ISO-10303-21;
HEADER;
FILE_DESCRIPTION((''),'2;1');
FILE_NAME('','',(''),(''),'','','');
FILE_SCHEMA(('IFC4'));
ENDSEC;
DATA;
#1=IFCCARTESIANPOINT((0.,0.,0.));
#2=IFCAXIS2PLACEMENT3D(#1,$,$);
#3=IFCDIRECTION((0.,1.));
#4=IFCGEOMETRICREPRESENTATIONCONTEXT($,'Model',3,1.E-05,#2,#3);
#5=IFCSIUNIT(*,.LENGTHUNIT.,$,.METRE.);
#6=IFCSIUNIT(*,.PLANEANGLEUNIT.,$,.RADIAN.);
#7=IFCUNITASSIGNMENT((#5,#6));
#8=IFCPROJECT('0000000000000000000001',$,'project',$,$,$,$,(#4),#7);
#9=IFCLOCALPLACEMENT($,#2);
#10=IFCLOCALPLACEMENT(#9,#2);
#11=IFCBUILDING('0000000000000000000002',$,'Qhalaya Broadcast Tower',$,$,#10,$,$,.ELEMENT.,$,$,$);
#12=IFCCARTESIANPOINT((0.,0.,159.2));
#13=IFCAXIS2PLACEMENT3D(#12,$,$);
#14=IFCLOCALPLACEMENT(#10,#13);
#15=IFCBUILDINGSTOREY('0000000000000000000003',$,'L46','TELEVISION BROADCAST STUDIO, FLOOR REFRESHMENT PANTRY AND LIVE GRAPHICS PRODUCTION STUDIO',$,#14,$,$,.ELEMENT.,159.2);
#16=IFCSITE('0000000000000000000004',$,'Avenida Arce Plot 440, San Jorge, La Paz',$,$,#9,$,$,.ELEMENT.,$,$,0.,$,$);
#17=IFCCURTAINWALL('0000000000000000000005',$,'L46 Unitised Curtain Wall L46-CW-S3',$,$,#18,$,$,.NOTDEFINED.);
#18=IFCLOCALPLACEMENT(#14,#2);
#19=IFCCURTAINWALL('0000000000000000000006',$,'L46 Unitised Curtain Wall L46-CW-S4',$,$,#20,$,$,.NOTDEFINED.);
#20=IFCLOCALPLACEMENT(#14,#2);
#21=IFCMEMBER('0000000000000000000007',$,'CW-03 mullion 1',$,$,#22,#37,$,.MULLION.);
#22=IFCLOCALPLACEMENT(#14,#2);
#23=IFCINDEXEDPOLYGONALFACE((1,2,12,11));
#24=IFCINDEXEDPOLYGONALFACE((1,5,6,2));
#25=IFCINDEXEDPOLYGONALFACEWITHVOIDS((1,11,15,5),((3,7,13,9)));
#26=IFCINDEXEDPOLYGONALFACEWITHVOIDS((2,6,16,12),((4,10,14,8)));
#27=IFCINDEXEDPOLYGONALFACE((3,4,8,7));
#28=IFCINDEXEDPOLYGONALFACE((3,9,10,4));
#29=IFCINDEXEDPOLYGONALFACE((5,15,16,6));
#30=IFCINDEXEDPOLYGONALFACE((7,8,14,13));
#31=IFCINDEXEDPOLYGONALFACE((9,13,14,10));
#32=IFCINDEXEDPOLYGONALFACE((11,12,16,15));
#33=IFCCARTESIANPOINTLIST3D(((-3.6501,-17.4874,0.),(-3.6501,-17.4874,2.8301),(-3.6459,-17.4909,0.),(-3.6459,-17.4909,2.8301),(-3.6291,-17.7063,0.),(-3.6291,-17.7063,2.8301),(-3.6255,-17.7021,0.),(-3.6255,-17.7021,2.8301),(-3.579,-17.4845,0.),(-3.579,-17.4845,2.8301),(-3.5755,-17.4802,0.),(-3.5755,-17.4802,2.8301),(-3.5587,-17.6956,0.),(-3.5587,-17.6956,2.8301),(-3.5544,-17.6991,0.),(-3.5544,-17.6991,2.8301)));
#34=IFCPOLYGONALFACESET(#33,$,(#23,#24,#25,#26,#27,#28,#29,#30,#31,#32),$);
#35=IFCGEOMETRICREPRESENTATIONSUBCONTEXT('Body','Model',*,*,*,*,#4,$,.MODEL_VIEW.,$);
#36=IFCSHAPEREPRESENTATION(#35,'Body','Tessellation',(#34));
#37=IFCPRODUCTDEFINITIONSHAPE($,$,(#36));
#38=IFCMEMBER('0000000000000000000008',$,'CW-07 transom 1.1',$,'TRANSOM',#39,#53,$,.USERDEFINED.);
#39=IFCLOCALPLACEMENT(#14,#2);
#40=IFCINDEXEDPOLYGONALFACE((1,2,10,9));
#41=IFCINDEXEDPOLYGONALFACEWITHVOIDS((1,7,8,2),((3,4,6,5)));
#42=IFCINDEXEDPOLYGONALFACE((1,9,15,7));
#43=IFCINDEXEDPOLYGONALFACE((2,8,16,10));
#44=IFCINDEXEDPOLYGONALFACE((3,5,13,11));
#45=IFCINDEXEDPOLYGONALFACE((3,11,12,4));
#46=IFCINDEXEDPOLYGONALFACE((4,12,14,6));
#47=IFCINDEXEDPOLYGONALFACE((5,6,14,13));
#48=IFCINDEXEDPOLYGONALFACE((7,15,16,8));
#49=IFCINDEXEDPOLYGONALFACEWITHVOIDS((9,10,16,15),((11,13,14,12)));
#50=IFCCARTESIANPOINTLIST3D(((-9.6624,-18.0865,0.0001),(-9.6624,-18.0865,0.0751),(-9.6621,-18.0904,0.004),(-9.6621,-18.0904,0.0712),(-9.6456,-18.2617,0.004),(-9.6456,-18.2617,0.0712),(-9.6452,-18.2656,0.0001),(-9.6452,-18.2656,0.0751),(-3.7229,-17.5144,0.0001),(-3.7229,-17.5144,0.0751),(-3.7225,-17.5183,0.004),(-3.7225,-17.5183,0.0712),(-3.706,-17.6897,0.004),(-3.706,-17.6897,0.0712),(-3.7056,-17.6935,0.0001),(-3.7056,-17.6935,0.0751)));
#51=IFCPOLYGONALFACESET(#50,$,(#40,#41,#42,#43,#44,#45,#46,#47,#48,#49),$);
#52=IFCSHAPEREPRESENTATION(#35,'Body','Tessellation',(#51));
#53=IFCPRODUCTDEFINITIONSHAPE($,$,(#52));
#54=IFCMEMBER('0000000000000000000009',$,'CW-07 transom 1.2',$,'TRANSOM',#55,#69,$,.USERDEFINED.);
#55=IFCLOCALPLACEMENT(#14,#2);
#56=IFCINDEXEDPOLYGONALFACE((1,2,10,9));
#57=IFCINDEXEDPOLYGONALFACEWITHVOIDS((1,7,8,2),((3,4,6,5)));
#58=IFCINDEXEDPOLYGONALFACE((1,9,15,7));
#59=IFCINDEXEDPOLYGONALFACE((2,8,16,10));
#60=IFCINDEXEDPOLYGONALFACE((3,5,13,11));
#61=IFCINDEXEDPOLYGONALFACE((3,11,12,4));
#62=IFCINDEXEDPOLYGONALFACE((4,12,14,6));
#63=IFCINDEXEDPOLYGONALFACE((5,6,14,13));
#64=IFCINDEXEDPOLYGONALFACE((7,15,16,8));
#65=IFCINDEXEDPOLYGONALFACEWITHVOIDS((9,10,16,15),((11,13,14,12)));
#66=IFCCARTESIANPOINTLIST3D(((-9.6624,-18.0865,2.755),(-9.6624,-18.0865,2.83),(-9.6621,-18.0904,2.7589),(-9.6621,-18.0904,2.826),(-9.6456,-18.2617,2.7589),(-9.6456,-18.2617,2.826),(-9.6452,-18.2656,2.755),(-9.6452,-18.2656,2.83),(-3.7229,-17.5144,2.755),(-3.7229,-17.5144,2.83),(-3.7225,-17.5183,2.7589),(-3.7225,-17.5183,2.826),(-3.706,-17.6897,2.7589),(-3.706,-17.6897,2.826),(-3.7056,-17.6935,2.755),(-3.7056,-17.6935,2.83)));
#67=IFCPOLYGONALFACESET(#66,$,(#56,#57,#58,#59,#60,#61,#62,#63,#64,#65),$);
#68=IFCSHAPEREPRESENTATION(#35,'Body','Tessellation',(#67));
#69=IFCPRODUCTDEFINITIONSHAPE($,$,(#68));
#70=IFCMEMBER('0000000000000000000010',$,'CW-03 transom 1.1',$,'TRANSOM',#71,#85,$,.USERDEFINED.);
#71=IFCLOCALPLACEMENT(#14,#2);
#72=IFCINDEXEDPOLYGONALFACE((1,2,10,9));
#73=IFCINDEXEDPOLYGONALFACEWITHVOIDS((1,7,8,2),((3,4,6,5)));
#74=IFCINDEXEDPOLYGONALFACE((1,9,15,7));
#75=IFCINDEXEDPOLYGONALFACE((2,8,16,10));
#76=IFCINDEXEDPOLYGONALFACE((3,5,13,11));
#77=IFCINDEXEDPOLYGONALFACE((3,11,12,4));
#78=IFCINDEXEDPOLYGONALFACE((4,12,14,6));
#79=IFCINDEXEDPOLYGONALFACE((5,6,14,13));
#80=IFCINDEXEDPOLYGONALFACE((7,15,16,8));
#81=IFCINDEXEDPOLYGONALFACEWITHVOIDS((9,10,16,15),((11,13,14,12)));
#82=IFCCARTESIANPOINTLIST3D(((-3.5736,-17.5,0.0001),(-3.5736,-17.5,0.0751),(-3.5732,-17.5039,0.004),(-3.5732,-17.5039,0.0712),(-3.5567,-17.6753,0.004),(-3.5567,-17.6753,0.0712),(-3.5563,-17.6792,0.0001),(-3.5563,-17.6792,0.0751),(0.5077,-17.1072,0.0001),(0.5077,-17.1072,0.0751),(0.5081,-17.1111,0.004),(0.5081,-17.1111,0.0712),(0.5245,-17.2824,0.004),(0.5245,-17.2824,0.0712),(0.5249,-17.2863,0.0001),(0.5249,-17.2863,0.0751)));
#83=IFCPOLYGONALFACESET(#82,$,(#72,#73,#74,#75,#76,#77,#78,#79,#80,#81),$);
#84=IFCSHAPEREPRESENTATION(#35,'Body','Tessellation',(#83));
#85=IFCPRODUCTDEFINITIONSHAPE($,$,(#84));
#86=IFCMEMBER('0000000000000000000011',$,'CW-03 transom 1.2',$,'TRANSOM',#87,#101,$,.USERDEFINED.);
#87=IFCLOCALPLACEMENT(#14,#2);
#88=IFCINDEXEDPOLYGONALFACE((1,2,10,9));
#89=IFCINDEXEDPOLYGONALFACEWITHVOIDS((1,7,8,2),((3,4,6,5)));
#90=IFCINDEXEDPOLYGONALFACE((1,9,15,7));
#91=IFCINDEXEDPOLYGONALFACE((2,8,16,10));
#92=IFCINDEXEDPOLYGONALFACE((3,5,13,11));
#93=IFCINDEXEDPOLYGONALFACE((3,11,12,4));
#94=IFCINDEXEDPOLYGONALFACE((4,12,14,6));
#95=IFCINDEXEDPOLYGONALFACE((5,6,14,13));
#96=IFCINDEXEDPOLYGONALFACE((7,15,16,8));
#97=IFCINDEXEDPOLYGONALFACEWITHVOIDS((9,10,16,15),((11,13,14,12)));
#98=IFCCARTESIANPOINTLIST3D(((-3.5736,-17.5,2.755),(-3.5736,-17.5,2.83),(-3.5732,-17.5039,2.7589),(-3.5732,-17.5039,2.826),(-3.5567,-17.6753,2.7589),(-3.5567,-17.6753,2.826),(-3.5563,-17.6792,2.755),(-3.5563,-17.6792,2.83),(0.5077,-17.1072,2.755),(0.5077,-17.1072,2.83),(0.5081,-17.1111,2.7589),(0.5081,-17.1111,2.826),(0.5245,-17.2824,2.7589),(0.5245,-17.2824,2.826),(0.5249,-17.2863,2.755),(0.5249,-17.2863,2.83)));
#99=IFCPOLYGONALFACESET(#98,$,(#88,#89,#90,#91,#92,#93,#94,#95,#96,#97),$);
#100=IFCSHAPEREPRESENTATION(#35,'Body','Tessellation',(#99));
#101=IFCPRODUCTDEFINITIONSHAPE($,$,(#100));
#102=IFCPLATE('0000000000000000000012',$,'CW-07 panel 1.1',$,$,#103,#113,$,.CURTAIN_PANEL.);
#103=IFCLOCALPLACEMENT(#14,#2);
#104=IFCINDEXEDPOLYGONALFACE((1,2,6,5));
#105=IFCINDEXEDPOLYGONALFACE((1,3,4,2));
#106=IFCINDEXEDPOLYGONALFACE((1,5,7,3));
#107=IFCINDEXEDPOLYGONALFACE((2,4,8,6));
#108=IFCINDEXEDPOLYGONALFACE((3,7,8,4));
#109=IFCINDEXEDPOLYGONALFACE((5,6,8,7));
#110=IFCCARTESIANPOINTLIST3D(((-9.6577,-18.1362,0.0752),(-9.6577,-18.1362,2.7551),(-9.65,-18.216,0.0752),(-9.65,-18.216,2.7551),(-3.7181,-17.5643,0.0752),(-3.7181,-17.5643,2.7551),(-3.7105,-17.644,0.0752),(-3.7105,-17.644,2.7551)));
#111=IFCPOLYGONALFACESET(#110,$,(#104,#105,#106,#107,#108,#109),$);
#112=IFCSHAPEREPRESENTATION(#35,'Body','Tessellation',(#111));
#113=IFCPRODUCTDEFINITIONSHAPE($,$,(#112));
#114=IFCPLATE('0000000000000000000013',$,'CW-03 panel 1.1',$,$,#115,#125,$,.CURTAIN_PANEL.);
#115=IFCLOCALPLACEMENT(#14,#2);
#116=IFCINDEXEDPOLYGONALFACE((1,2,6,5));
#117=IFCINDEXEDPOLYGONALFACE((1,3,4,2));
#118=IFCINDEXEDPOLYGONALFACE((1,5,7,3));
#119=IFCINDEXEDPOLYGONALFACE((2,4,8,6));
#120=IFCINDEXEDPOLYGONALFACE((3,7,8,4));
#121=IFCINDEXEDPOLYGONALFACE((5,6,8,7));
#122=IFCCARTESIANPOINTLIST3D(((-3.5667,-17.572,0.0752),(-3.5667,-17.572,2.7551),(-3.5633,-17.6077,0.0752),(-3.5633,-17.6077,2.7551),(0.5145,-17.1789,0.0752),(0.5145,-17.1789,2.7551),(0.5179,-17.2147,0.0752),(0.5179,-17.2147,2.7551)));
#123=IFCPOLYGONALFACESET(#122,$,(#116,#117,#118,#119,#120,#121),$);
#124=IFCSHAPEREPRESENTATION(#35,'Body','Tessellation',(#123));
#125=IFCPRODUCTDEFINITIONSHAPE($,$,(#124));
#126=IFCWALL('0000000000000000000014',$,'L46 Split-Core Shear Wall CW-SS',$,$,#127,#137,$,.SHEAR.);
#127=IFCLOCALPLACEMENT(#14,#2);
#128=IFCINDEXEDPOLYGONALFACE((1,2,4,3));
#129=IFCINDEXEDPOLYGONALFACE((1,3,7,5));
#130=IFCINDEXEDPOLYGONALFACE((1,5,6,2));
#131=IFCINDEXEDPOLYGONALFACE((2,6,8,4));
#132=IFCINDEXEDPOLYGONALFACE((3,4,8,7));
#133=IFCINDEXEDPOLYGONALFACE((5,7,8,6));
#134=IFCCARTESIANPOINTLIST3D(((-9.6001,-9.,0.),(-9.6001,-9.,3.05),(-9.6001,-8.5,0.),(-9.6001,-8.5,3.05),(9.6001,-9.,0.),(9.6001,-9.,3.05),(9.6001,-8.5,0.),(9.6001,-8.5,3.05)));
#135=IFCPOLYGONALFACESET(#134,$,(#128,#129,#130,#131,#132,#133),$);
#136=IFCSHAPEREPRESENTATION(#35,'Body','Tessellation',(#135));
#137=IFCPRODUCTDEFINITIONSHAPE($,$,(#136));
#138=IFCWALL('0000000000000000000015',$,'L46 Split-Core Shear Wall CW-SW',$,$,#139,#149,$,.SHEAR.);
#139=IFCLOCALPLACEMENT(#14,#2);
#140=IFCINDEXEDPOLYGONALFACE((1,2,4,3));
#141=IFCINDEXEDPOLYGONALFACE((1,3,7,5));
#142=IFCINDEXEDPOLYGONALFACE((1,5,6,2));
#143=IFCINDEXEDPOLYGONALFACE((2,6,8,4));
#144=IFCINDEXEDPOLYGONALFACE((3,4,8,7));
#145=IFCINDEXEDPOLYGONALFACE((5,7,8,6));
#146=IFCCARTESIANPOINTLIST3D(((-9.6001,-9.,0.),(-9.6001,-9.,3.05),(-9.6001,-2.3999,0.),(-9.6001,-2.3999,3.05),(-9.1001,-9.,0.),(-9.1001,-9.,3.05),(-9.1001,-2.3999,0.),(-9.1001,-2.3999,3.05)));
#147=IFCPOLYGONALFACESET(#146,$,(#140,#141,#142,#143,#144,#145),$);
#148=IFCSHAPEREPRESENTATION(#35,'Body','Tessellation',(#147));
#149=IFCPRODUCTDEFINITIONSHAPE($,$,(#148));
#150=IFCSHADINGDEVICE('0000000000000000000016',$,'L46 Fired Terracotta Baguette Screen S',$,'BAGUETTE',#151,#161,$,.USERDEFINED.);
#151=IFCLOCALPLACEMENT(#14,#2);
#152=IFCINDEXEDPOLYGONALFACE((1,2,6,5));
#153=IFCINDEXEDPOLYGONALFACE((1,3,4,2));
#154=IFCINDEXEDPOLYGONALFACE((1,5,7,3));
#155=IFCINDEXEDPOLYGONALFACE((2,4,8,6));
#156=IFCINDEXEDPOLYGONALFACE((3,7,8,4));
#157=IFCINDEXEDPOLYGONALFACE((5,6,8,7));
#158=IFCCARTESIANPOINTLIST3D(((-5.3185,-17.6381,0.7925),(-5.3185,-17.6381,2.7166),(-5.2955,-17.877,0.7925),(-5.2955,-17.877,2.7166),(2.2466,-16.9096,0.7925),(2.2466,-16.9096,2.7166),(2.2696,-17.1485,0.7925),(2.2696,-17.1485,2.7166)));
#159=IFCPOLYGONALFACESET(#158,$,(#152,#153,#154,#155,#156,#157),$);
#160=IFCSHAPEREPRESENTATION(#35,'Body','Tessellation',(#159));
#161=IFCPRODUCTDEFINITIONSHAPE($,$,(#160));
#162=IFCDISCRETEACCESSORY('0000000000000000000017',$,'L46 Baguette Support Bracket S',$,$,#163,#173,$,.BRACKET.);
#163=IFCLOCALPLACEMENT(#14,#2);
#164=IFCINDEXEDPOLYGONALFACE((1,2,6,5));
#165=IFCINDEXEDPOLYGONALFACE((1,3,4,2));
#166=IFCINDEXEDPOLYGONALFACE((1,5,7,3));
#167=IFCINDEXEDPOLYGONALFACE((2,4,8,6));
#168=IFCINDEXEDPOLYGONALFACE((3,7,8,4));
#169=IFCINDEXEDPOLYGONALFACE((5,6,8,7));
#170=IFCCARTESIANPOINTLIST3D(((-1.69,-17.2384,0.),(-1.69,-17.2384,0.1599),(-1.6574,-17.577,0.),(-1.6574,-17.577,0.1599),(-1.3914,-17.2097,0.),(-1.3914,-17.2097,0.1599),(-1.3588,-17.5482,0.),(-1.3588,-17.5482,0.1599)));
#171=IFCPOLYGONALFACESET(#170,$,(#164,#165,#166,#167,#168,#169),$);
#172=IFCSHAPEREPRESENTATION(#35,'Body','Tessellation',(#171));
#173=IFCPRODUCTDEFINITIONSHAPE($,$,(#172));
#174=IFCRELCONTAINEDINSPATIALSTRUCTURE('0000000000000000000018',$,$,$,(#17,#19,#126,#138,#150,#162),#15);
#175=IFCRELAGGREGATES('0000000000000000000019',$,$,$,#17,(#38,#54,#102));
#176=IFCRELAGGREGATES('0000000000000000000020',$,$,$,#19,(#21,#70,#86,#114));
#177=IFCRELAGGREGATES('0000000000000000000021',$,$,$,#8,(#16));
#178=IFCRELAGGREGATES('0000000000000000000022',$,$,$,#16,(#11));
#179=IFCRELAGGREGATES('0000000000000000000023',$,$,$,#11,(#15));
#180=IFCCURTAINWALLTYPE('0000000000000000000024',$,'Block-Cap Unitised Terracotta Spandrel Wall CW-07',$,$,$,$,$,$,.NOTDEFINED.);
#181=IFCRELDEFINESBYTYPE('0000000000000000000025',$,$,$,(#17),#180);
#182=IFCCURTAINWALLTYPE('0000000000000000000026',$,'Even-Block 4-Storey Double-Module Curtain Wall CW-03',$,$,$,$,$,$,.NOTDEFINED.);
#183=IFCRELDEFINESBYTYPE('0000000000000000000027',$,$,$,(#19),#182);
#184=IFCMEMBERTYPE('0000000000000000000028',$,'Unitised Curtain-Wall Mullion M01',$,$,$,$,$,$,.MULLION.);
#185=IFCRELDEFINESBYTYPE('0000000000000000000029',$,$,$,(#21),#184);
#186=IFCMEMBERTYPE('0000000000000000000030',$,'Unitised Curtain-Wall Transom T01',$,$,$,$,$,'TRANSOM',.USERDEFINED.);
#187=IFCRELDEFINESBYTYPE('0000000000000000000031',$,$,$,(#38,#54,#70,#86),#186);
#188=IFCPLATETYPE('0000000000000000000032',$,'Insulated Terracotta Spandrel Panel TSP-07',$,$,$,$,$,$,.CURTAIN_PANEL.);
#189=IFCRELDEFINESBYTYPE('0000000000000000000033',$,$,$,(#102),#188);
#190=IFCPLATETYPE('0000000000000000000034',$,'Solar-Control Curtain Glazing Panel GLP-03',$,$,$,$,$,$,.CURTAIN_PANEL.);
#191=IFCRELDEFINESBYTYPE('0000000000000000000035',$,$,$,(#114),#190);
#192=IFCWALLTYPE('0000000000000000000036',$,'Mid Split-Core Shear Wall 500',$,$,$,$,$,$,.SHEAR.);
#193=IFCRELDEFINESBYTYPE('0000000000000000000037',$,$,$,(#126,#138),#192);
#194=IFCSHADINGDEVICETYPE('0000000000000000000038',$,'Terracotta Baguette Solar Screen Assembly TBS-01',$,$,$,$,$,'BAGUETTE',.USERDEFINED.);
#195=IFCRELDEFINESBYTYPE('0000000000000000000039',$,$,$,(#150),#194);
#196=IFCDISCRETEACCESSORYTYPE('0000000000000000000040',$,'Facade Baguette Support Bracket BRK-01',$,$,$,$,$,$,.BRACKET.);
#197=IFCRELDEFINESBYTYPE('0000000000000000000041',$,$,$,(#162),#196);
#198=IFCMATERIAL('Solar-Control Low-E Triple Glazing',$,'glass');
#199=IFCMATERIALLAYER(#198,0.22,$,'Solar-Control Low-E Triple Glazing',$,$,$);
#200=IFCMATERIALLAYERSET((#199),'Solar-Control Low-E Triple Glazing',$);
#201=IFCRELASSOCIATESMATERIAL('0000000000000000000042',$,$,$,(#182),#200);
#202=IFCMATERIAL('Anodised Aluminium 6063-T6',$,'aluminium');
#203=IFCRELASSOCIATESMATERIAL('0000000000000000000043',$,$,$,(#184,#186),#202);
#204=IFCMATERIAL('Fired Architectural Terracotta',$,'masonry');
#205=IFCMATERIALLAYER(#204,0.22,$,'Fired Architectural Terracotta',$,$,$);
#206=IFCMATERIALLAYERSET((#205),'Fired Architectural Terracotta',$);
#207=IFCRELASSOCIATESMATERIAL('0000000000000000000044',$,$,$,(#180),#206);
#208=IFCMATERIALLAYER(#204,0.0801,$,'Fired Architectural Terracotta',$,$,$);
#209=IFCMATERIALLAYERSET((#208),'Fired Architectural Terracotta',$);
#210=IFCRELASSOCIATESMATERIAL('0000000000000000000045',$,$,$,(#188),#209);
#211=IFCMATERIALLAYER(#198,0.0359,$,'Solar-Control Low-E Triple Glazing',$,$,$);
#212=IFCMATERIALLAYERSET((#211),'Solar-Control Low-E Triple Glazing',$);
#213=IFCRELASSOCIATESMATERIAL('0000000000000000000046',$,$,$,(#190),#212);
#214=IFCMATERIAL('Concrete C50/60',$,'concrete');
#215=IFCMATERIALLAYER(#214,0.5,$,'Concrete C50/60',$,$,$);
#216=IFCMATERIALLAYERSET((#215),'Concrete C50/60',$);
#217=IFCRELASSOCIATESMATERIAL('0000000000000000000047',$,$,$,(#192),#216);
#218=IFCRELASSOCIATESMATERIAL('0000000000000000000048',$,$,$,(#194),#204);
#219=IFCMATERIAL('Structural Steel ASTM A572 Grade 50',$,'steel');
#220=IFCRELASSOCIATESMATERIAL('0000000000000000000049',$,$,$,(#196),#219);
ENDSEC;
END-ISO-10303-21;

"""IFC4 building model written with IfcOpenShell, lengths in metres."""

from ifc_helpers import new_model, si_unit, direction, frame, frame_2d, origin, origin_2d, place, context, subcontext, project, spatial, rectangle, hollow_rectangle, extrude, material, layer, layer_set, material_profile, profile_set, type_object, element, aggregate, save


model = new_model("IFC4")

# Units and contexts
model_context = context("Model", 3, precision=1e-05, world=origin(), true_north=direction((0.0, 1.0)))
body_context = subcontext(model_context, "Body", "Model", "MODEL_VIEW")
ifc_project = project(units=[si_unit("LENGTHUNIT", "METRE"), si_unit("PLANEANGLEUNIT", "RADIAN")], contexts=[model_context])

# Site, building, storey
site_placement = place(None, origin())
site = spatial("IfcSite", under=ifc_project, at=site_placement, Name="Avenida Arce Plot 440, San Jorge, La Paz", CompositionType="ELEMENT", RefElevation=0.0)
building_placement = place(site_placement, origin())
building = spatial("IfcBuilding", under=site, at=building_placement, Name="Qhalaya Broadcast Tower", CompositionType="ELEMENT")
storey_placement = place(building_placement, frame((0.0, 0.0, 159.2)))
storey = spatial("IfcBuildingStorey", under=building, at=storey_placement, Name="L46", Description="TELEVISION BROADCAST STUDIO, FLOOR REFRESHMENT PANTRY AND LIVE GRAPHICS PRODUCTION STUDIO", CompositionType="ELEMENT", Elevation=159.2)

# Shared definitions
ifc_material_1 = material(Name="Structural Steel ASTM A572 Grade 50", Category="steel")

# Shared definitions
ifc_material_2 = material(Name="Solar-Control Low-E Triple Glazing", Category="glass")
ifc_layer_1 = layer(ifc_material_2, 0.22, Name="Solar-Control Low-E Triple Glazing")
ifc_layer_set_1 = layer_set([ifc_layer_1], Name="Solar-Control Low-E Triple Glazing")
curtain_wall_type_1 = type_object("IfcCurtainWallType", Name="Even-Block 4-Storey Double-Module Curtain Wall CW-03", PredefinedType="NOTDEFINED", material=ifc_layer_set_1)
ifc_material_3 = material(Name="Anodised Aluminium 6063-T6", Category="aluminium")
ifc_material_profile_1 = material_profile(ifc_material_3, hollow_rectangle(XDim=0.075, YDim=0.22, WallThickness=0.0039, at=origin_2d()), Name="ALU-MUL 75x220x4")
ifc_profile_set_1 = profile_set([ifc_material_profile_1], Name="Anodised Aluminium 6063-T6")
member_type_1 = type_object("IfcMemberType", Name="Unitised Curtain-Wall Mullion M01", PredefinedType="MULLION", material=ifc_profile_set_1)

# Curtain wall
ifc_material_4 = material(Name="Fired Architectural Terracotta", Category="masonry")
ifc_layer_2 = layer(ifc_material_4, 0.22, Name="Fired Architectural Terracotta")
ifc_layer_set_2 = layer_set([ifc_layer_2], Name="Fired Architectural Terracotta")
curtain_wall_type_2 = type_object("IfcCurtainWallType", Name="Block-Cap Unitised Terracotta Spandrel Wall CW-07", PredefinedType="NOTDEFINED", material=ifc_layer_set_2)
curtain_wall_1_placement = place(storey_placement, origin())
curtain_wall_1 = element("IfcCurtainWall", 1, at=curtain_wall_1_placement, inside=storey, type_object=curtain_wall_type_2, Name="L46 Unitised Curtain Wall L46-CW-S3", PredefinedType="NOTDEFINED")

# Curtain wall, member
curtain_wall_2_placement = place(storey_placement, origin())
curtain_wall_2 = element("IfcCurtainWall", 2, at=curtain_wall_2_placement, inside=storey, type_object=curtain_wall_type_1, Name="L46 Unitised Curtain Wall L46-CW-S4", PredefinedType="NOTDEFINED")
member_1_placement = place(storey_placement, frame((-3.6023, -17.5933, 0.0), z_axis=(0.0, 0.0, 1.0), x_axis=(0.995395, 0.095857, 0.0)))
member_1 = element("IfcMember", 3, at=member_1_placement, type_object=member_type_1, Name="CW-03 mullion 1", PredefinedType="MULLION", context=body_context, shape_type="SweptSolid", body=[
    extrude(hollow_rectangle(XDim=0.075, YDim=0.22, WallThickness=0.0039, at=origin_2d()), origin(), (0.0, 0.0, 1.0), 2.8301),
])

# Members
ifc_material_profile_2 = material_profile(ifc_material_3, hollow_rectangle(XDim=0.075, YDim=0.1799, WallThickness=0.0039, at=origin_2d()), Name="ALU-TRN 75x180x4")
ifc_profile_set_2 = profile_set([ifc_material_profile_2], Name="Anodised Aluminium 6063-T6")
member_type_2 = type_object("IfcMemberType", Name="Unitised Curtain-Wall Transom T01", ElementType="TRANSOM", PredefinedType="USERDEFINED", material=ifc_profile_set_2)
member_2_placement = place(storey_placement, frame((-9.6538, -18.176, 0.0376), z_axis=(0.995394, 0.095865, 0.0), x_axis=(0.0, 0.0, 1.0)))
member_2 = element("IfcMember", 4, at=member_2_placement, type_object=member_type_2, Name="CW-07 transom 1.1", ObjectType="TRANSOM", PredefinedType="USERDEFINED", context=body_context, shape_type="SweptSolid", body=[
    extrude(hollow_rectangle(XDim=0.075, YDim=0.1799, WallThickness=0.0039, at=origin_2d()), origin(), (0.0, 0.0, 1.0), 5.967),
])
member_3_placement = place(storey_placement, frame((-9.6538, -18.176, 2.7925), z_axis=(0.995394, 0.095865, 0.0), x_axis=(0.0, 0.0, 1.0)))
member_3 = element("IfcMember", 5, at=member_3_placement, type_object=member_type_2, Name="CW-07 transom 1.2", ObjectType="TRANSOM", PredefinedType="USERDEFINED", context=body_context, shape_type="SweptSolid", body=[
    extrude(hollow_rectangle(XDim=0.075, YDim=0.1799, WallThickness=0.0039, at=origin_2d()), origin(), (0.0, 0.0, 1.0), 5.967),
])
member_4_placement = place(storey_placement, frame((-3.5649, -17.5896, 0.0376), z_axis=(0.9954, 0.095807, 0.0), x_axis=(0.0, 0.0, 1.0)))
member_4 = element("IfcMember", 6, at=member_4_placement, type_object=member_type_2, Name="CW-03 transom 1.1", ObjectType="TRANSOM", PredefinedType="USERDEFINED", context=body_context, shape_type="SweptSolid", body=[
    extrude(hollow_rectangle(XDim=0.075, YDim=0.1799, WallThickness=0.0039, at=origin_2d()), origin(), (0.0, 0.0, 1.0), 4.1001),
])
member_5_placement = place(storey_placement, frame((-3.5649, -17.5896, 2.7925), z_axis=(0.9954, 0.095807, 0.0), x_axis=(0.0, 0.0, 1.0)))
member_5 = element("IfcMember", 7, at=member_5_placement, type_object=member_type_2, Name="CW-03 transom 1.2", ObjectType="TRANSOM", PredefinedType="USERDEFINED", context=body_context, shape_type="SweptSolid", body=[
    extrude(hollow_rectangle(XDim=0.075, YDim=0.1799, WallThickness=0.0039, at=origin_2d()), origin(), (0.0, 0.0, 1.0), 4.1001),
])

# Plates
ifc_layer_3 = layer(ifc_material_4, 0.0801, Name="Fired Architectural Terracotta")
ifc_layer_set_3 = layer_set([ifc_layer_3], Name="Fired Architectural Terracotta")
plate_type_1 = type_object("IfcPlateType", Name="Insulated Terracotta Spandrel Panel TSP-07", PredefinedType="CURTAIN_PANEL", material=ifc_layer_set_3)
plate_1_placement = place(storey_placement, frame((-6.6841, -17.8901, 0.0752), z_axis=(0.0, 0.0, 1.0), x_axis=(0.995396, 0.095848, 0.0)))
plate_1 = element("IfcPlate", 8, at=plate_1_placement, type_object=plate_type_1, Name="CW-07 panel 1.1", PredefinedType="CURTAIN_PANEL", context=body_context, shape_type="SweptSolid", body=[
    extrude(rectangle(XDim=5.967, YDim=0.0801, at=origin_2d()), origin(), (0.0, 0.0, 1.0), 2.6799),
])
aggregate(curtain_wall_1, [member_2, member_3, plate_1])
ifc_layer_4 = layer(ifc_material_2, 0.0359, Name="Solar-Control Low-E Triple Glazing")
ifc_layer_set_4 = layer_set([ifc_layer_4], Name="Solar-Control Low-E Triple Glazing")
plate_type_2 = type_object("IfcPlateType", Name="Solar-Control Curtain Glazing Panel GLP-03", PredefinedType="CURTAIN_PANEL", material=ifc_layer_set_4)
plate_2_placement = place(storey_placement, frame((-1.5244, -17.3933, 0.0752), z_axis=(0.0, 0.0, 1.0), x_axis=(0.995395, 0.095857, 0.0)))
plate_2 = element("IfcPlate", 9, at=plate_2_placement, type_object=plate_type_2, Name="CW-03 panel 1.1", PredefinedType="CURTAIN_PANEL", context=body_context, shape_type="SweptSolid", body=[
    extrude(rectangle(XDim=4.1001, YDim=0.0359, at=origin_2d()), origin(), (0.0, 0.0, 1.0), 2.6799),
])
aggregate(curtain_wall_2, [member_1, member_4, member_5, plate_2])

# Walls
ifc_material_5 = material(Name="Concrete C50/60", Category="concrete")
ifc_layer_5 = layer(ifc_material_5, 0.5, Name="Concrete C50/60")
ifc_layer_set_5 = layer_set([ifc_layer_5], Name="Concrete C50/60")
wall_type = type_object("IfcWallType", Name="Mid Split-Core Shear Wall 500", PredefinedType="SHEAR", material=ifc_layer_set_5)
wall_1_placement = place(storey_placement, frame((-9.6001, -8.75, 0.0), z_axis=(0.0, 0.0, 1.0), x_axis=(1.0, 0.0, 0.0)))
element("IfcWall", 10, at=wall_1_placement, inside=storey, type_object=wall_type, Name="L46 Split-Core Shear Wall CW-SS", PredefinedType="SHEAR", context=body_context, shape_type="SweptSolid", body=[
    extrude(rectangle(XDim=19.2002, YDim=0.5, at=frame_2d((9.6001, 0.0))), origin(), (0.0, 0.0, 1.0), 3.05),
])
wall_2_placement = place(storey_placement, frame((-9.3501, -9.0, 0.0), z_axis=(0.0, 0.0, 1.0), x_axis=(0.0, 1.0, 0.0)))
element("IfcWall", 11, at=wall_2_placement, inside=storey, type_object=wall_type, Name="L46 Split-Core Shear Wall CW-SW", PredefinedType="SHEAR", context=body_context, shape_type="SweptSolid", body=[
    extrude(rectangle(XDim=6.6001, YDim=0.5, at=frame_2d((3.3, 0.0))), origin(), (0.0, 0.0, 1.0), 3.05),
])

# Shading device
shading_device_type = type_object("IfcShadingDeviceType", Name="Terracotta Baguette Solar Screen Assembly TBS-01", ElementType="BAGUETTE", PredefinedType="USERDEFINED", material=ifc_material_4)
shading_device_placement = place(storey_placement, frame((-1.5244, -17.3933, 0.7925), z_axis=(0.0, 0.0, 1.0), x_axis=(0.995396, 0.095846, 0.0)))
element("IfcShadingDevice", 12, at=shading_device_placement, inside=storey, type_object=shading_device_type, Name="L46 Fired Terracotta Baguette Screen S", ObjectType="BAGUETTE", PredefinedType="USERDEFINED", context=body_context, shape_type="SweptSolid", body=[
    extrude(rectangle(XDim=7.6001, YDim=0.24, at=origin_2d()), origin(), (0.0, 0.0, 1.0), 1.9241),
])

# Discrete accessory
discrete_accessory_type = type_object("IfcDiscreteAccessoryType", Name="Facade Baguette Support Bracket BRK-01", PredefinedType="BRACKET", material=ifc_material_1)
discrete_accessory_placement = place(storey_placement, frame((-1.5244, -17.3933, 0.0), z_axis=(0.0, 0.0, 1.0), x_axis=(0.995396, 0.095846, 0.0)))
element("IfcDiscreteAccessory", 13, at=discrete_accessory_placement, inside=storey, type_object=discrete_accessory_type, Name="L46 Baguette Support Bracket S", PredefinedType="BRACKET", context=body_context, shape_type="SweptSolid", body=[
    extrude(rectangle(XDim=0.3, YDim=0.3401, at=origin_2d()), origin(), (0.0, 0.0, 1.0), 0.1599),
])

save(model, "model.ifc")
